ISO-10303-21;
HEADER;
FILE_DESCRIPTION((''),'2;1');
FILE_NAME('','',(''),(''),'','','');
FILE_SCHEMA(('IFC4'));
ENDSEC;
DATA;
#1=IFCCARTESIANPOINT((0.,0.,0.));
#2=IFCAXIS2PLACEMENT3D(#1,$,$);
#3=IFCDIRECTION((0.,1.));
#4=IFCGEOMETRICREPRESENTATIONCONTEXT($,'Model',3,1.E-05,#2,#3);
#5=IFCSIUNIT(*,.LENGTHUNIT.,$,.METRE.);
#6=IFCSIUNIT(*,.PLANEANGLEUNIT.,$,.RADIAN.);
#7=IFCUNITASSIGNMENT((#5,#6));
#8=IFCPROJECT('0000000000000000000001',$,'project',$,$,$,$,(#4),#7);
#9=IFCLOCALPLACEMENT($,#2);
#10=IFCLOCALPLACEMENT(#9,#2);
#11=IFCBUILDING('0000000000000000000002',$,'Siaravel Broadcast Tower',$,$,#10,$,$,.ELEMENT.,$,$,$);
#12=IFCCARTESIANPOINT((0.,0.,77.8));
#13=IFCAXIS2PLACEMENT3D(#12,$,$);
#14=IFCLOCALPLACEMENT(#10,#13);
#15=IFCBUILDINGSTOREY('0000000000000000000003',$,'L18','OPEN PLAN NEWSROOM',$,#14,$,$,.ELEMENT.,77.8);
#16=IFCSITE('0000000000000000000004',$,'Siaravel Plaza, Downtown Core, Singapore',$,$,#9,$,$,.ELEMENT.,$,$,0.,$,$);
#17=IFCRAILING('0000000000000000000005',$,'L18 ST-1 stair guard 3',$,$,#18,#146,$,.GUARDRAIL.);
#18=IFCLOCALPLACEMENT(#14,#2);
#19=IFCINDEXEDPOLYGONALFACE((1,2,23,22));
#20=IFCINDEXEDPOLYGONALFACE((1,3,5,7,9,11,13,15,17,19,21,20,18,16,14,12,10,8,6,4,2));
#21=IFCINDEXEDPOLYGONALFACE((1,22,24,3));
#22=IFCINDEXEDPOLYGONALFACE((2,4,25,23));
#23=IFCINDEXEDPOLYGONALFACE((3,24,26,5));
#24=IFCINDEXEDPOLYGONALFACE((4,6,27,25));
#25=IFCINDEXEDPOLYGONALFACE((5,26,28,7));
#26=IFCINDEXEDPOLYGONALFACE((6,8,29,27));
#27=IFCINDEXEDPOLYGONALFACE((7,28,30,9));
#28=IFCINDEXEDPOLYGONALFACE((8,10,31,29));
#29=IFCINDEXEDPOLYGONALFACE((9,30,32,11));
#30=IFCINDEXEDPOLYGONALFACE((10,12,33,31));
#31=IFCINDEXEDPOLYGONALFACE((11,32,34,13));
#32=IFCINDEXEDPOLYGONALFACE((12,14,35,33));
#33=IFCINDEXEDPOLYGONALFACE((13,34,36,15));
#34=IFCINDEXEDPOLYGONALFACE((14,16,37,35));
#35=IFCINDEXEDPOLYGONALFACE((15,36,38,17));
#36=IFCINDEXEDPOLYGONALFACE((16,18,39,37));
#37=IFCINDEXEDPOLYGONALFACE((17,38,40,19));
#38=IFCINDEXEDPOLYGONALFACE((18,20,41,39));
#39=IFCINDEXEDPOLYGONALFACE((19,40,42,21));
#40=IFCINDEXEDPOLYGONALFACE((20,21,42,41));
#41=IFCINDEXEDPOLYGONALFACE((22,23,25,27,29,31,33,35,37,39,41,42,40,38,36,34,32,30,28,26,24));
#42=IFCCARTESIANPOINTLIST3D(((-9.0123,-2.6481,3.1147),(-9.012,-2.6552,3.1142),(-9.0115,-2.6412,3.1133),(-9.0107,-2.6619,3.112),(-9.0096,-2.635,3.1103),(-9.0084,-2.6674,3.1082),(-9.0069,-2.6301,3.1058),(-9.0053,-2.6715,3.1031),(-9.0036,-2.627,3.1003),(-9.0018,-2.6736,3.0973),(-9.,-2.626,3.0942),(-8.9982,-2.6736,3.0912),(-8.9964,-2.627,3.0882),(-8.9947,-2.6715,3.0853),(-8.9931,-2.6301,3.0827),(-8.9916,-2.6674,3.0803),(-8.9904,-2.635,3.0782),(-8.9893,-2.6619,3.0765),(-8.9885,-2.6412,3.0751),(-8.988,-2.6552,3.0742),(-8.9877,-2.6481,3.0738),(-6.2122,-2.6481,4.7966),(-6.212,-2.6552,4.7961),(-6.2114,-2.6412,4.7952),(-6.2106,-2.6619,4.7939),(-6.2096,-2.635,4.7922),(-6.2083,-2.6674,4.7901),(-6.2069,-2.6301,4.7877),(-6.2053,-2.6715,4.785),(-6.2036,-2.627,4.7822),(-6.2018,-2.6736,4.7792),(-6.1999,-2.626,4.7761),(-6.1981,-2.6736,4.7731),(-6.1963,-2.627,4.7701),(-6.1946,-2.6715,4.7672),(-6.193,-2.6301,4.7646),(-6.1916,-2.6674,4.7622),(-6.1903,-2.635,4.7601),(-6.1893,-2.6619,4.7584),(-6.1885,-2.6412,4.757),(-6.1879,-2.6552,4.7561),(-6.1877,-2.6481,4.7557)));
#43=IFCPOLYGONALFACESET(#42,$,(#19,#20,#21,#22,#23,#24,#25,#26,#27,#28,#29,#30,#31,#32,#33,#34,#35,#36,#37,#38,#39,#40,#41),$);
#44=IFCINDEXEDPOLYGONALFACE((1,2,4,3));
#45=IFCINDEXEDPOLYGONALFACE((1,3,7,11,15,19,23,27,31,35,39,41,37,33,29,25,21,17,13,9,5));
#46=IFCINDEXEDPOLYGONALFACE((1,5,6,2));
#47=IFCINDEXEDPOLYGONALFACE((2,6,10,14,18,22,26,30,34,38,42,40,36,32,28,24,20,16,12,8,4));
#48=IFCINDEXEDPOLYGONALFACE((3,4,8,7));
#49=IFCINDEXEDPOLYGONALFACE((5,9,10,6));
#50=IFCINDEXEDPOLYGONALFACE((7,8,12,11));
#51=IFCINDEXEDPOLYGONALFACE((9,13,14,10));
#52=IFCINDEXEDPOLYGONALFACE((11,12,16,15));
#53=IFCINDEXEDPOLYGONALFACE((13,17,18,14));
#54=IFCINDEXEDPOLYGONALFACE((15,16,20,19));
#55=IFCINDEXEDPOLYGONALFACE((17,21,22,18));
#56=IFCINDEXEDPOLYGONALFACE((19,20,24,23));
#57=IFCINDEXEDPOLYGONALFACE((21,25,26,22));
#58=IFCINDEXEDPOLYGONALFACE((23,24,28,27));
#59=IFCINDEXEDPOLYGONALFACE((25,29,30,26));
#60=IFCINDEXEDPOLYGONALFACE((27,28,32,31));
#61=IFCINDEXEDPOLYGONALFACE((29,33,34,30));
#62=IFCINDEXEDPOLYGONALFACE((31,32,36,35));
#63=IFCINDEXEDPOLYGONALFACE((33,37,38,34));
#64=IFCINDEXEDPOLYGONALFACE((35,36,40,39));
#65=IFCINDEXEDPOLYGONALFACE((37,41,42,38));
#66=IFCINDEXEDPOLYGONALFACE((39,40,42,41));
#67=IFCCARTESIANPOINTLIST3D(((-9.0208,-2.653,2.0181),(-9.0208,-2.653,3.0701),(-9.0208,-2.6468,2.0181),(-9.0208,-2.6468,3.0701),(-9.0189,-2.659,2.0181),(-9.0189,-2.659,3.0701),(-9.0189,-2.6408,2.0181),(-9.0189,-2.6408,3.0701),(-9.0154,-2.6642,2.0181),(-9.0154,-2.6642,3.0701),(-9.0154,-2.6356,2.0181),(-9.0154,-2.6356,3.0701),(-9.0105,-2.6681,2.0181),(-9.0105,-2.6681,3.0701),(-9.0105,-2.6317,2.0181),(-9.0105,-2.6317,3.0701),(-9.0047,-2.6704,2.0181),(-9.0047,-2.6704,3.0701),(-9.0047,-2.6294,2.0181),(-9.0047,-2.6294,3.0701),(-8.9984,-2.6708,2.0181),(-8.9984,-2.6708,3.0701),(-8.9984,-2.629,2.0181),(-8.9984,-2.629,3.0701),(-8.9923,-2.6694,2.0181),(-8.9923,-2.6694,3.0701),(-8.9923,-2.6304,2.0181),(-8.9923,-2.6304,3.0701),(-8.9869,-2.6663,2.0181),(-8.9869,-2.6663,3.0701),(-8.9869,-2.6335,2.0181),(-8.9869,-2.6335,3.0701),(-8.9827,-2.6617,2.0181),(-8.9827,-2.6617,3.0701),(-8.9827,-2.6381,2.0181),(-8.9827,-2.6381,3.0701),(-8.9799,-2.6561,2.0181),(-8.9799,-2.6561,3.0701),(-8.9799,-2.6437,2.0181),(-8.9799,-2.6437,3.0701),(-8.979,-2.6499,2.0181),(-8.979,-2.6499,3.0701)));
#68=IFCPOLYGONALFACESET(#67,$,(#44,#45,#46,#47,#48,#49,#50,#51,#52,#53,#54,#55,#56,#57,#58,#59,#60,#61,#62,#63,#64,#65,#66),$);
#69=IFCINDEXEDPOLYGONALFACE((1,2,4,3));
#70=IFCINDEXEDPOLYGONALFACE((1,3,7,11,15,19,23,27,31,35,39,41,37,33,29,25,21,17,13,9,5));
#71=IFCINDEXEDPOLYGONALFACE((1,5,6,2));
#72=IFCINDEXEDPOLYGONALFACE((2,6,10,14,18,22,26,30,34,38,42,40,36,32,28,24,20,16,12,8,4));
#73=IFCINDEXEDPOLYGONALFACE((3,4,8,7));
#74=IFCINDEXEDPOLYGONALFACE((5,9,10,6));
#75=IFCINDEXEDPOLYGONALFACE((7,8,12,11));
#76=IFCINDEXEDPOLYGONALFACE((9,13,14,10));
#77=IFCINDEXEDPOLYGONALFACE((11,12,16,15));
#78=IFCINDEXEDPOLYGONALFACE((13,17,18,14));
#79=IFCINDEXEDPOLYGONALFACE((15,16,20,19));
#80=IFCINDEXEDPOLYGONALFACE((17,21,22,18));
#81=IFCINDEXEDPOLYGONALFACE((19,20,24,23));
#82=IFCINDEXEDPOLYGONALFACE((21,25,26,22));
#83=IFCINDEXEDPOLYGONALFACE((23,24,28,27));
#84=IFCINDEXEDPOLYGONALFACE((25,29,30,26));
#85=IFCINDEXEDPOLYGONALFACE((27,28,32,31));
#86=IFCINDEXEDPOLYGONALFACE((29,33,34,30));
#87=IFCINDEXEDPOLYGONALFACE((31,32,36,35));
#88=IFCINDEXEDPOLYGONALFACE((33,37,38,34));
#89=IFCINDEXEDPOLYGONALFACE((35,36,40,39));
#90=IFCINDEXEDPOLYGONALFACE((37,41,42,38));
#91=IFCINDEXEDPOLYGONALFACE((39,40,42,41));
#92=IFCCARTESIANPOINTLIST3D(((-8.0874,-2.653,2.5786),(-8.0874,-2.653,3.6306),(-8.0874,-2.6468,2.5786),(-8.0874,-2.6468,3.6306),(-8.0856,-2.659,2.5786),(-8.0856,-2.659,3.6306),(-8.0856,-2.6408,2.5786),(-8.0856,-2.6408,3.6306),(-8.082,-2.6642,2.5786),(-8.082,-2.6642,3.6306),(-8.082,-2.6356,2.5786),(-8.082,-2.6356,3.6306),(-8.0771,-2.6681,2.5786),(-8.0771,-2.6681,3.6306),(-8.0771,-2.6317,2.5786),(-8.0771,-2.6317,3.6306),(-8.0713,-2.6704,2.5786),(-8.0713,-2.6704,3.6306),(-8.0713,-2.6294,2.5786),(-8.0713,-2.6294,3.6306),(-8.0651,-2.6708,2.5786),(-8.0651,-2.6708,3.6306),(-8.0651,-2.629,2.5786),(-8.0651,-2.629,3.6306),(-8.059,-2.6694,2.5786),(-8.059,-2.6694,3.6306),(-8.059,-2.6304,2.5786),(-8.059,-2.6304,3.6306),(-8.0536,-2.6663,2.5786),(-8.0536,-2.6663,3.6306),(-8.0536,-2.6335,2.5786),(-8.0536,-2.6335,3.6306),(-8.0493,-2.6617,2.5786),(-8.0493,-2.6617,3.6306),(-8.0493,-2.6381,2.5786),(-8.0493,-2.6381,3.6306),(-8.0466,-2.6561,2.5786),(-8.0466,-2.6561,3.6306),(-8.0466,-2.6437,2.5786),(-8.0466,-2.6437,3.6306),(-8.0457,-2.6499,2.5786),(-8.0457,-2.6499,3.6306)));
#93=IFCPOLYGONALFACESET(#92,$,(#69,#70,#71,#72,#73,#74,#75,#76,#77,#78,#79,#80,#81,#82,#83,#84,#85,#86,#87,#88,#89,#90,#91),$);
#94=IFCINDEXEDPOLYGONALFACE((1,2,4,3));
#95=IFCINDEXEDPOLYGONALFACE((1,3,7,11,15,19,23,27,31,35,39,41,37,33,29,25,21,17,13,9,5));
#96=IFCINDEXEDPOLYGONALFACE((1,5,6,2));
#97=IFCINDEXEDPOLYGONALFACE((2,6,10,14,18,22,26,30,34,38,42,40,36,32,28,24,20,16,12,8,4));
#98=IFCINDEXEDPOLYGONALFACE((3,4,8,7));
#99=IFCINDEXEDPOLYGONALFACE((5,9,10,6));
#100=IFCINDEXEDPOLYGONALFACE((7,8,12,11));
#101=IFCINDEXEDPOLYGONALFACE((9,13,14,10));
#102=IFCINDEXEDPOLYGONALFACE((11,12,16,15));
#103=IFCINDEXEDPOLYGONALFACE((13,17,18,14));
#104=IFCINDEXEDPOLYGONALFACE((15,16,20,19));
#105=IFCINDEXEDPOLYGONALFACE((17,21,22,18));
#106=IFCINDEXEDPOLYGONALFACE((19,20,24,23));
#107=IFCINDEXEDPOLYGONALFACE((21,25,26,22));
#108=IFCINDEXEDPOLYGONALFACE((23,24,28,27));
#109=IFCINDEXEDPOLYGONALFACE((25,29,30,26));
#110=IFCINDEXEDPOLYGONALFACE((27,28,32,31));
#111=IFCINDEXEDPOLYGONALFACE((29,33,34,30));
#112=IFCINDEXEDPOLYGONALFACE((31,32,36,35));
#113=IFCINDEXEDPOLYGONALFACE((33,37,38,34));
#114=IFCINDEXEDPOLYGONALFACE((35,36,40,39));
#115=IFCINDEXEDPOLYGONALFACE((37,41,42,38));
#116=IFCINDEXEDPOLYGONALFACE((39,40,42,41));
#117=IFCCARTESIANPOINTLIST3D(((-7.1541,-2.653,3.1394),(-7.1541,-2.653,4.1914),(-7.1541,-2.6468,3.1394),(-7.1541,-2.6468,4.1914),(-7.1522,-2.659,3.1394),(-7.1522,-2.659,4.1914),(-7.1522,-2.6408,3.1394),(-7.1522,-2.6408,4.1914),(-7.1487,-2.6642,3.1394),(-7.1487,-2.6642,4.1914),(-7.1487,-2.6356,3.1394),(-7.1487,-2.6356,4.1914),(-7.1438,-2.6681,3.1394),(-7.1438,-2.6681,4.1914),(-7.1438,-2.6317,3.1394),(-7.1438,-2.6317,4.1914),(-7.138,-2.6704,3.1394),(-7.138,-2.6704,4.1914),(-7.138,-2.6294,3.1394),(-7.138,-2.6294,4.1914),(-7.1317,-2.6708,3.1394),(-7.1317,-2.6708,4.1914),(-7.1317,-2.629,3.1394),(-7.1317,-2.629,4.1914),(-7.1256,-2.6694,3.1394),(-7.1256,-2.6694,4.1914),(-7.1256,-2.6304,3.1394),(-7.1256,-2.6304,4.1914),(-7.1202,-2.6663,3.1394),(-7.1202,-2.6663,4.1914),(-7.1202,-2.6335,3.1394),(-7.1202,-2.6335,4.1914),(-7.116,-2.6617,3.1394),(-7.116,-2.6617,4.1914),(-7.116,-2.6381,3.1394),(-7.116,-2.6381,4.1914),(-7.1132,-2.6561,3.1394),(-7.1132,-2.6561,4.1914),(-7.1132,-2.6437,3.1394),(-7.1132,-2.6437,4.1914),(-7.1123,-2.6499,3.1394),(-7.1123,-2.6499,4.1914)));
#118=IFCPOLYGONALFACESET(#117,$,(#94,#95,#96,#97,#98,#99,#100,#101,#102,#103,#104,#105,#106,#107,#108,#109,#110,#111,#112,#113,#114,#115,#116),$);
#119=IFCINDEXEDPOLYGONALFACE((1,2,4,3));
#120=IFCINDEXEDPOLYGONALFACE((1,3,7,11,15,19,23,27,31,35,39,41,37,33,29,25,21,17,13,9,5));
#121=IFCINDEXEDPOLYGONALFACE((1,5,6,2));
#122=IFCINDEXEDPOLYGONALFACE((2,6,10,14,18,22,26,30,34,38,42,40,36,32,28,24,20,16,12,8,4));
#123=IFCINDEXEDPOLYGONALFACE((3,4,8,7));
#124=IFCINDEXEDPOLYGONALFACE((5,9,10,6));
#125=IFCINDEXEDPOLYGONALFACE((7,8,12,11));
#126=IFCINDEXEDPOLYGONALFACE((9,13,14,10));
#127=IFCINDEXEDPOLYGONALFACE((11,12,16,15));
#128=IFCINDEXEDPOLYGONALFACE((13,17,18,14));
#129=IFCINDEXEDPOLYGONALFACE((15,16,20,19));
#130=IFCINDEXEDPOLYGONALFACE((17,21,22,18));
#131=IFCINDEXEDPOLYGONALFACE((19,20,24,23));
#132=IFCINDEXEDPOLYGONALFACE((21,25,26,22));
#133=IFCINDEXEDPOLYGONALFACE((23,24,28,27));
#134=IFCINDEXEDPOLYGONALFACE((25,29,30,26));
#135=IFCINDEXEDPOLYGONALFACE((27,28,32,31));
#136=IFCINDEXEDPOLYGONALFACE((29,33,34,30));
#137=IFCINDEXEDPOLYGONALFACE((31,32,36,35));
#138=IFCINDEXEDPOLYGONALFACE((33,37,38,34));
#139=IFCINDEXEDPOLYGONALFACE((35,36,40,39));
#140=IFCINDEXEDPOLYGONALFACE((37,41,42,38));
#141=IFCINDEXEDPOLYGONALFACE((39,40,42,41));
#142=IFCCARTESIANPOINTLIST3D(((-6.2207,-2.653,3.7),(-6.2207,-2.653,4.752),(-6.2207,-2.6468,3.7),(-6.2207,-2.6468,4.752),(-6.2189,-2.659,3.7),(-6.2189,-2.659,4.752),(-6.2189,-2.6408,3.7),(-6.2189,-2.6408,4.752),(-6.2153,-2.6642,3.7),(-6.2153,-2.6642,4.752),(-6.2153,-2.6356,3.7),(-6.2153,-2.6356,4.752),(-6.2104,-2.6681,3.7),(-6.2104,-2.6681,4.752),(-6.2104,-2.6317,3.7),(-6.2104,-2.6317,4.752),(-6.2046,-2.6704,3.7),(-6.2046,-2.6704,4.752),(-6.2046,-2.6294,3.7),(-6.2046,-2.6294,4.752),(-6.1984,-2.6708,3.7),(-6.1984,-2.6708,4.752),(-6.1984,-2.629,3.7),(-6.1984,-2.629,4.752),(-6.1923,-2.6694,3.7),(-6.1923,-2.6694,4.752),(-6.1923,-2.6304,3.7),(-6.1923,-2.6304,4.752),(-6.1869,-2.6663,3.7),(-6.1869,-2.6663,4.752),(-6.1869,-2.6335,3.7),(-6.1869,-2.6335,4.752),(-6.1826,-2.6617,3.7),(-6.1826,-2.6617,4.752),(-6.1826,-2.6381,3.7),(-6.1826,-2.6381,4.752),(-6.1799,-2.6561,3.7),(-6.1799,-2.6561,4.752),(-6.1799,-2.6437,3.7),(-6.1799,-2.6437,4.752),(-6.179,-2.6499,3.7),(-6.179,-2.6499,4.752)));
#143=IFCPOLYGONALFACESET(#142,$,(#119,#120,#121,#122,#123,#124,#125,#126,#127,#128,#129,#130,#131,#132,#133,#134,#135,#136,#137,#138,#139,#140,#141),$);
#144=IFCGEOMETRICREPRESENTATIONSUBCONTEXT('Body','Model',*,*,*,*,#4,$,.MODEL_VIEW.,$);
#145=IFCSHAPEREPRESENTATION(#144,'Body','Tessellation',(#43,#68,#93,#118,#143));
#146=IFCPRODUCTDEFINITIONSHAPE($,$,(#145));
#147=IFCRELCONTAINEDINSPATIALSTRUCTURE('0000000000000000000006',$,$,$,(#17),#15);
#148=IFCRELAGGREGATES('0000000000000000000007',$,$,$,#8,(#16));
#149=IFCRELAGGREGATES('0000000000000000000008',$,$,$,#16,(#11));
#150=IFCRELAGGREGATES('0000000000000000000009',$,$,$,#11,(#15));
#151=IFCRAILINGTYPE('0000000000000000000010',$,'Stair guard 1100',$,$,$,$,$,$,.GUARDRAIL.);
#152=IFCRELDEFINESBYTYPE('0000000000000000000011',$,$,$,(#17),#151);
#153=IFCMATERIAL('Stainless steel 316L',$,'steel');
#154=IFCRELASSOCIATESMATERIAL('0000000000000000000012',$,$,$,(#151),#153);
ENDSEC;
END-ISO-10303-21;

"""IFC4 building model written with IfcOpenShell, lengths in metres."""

from ifc_helpers import new_model, si_unit, direction, frame, origin, origin_2d, place, context, subcontext, project, spatial, circle, extrude, material, type_object, element, save


model = new_model("IFC4")

# Units and contexts
model_context = context("Model", 3, precision=1e-05, world=origin(), true_north=direction((0.0, 1.0)))
body_context = subcontext(model_context, "Body", "Model", "MODEL_VIEW")
ifc_project = project(units=[si_unit("LENGTHUNIT", "METRE"), si_unit("PLANEANGLEUNIT", "RADIAN")], contexts=[model_context])

# Site, building, storey
site_placement = place(None, origin())
site = spatial("IfcSite", under=ifc_project, at=site_placement, Name="Siaravel Plaza, Downtown Core, Singapore", CompositionType="ELEMENT", RefElevation=0.0)
building_placement = place(site_placement, origin())
building = spatial("IfcBuilding", under=site, at=building_placement, Name="Siaravel Broadcast Tower", CompositionType="ELEMENT")
storey_placement = place(building_placement, frame((0.0, 0.0, 77.8)))
storey = spatial("IfcBuildingStorey", under=building, at=storey_placement, Name="L18", Description="OPEN PLAN NEWSROOM", CompositionType="ELEMENT", Elevation=77.8)

# Railing
ifc_material_1 = material(Name="Stainless steel 316L", Category="steel")
railing_type_1 = type_object("IfcRailingType", Name="Stair guard 1100", PredefinedType="GUARDRAIL", material=ifc_material_1)
railing_1_placement = place(storey_placement, frame((-9.0, -2.6499, 2.0181)))
element("IfcRailing", 1, at=railing_1_placement, inside=storey, type_object=railing_type_1, Name="L18 ST-1 stair guard 3", PredefinedType="GUARDRAIL", context=body_context, shape_type="SweptSolid", body=[
    extrude(circle(Radius=0.0239, at=origin_2d()), frame((0.0, 0.0, 1.0762), z_axis=(0.857242, 0.0, 0.514913), x_axis=(0.0, 1.0, 0.0)), (0.0, 0.0, 1.0), 3.2664),
    extrude(circle(Radius=0.021, at=origin_2d()), origin(), (0.0, 0.0, 1.0), 1.052),
    extrude(circle(Radius=0.021, at=origin_2d()), frame((0.9333, 0.0, 0.5605)), (0.0, 0.0, 1.0), 1.052),
    extrude(circle(Radius=0.021, at=origin_2d()), frame((1.8667, 0.0, 1.1213)), (0.0, 0.0, 1.0), 1.052),
    extrude(circle(Radius=0.021, at=origin_2d()), frame((2.8, 0.0, 1.6819)), (0.0, 0.0, 1.0), 1.052),
])

save(model, "model.ifc")
